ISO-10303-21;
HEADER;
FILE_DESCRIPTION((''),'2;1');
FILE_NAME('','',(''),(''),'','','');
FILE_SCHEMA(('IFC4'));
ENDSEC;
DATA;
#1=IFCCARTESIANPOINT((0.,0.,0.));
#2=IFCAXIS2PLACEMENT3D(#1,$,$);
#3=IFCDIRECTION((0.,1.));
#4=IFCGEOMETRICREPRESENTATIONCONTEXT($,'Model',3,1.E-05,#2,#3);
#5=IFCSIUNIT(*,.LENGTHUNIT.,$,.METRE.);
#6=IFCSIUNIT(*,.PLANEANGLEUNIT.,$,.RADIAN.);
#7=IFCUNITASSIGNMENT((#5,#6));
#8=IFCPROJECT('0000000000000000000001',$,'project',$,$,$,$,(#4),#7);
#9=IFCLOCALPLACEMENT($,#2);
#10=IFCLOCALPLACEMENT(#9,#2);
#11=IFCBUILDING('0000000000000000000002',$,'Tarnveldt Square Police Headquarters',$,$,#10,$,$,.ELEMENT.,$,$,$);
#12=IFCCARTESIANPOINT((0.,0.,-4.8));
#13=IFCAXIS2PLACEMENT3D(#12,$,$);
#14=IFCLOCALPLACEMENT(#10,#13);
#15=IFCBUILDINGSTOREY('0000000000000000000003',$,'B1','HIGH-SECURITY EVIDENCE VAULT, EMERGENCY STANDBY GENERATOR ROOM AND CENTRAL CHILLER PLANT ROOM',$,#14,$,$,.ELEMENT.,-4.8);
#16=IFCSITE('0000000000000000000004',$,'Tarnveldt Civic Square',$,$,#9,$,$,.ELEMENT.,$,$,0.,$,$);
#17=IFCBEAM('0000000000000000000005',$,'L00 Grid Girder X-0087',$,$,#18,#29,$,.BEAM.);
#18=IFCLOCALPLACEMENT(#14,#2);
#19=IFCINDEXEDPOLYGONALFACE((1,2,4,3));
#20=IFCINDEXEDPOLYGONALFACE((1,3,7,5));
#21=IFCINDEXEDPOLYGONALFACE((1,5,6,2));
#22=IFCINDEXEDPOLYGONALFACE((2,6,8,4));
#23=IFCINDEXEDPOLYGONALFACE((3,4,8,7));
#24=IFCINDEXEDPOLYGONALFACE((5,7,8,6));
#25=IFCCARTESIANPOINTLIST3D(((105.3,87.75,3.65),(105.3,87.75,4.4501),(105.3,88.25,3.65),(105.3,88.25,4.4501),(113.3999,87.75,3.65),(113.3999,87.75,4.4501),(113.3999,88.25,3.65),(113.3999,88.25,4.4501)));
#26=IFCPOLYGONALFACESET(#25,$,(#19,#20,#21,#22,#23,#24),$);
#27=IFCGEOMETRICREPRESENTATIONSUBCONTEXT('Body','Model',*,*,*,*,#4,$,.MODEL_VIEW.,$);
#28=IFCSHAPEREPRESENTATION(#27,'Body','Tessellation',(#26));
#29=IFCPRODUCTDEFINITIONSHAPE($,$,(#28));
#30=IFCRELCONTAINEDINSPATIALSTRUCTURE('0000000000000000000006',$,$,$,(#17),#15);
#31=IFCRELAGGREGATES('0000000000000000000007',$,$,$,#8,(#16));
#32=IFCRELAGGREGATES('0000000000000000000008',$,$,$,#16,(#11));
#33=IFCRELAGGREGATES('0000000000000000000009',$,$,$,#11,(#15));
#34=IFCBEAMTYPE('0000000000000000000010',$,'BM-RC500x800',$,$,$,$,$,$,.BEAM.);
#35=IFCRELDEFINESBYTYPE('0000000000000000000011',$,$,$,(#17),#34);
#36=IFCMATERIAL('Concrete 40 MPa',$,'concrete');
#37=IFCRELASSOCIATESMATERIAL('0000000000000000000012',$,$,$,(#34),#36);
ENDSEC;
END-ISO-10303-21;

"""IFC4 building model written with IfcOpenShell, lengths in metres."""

from ifc_helpers import new_model, si_unit, direction, frame, origin, origin_2d, place, context, subcontext, project, spatial, rectangle, extrude, material, material_profile, profile_set, type_object, element, save


model = new_model("IFC4")

# Units and contexts
model_context = context("Model", 3, precision=1e-05, world=origin(), true_north=direction((0.0, 1.0)))
body_context = subcontext(model_context, "Body", "Model", "MODEL_VIEW")
ifc_project = project(units=[si_unit("LENGTHUNIT", "METRE"), si_unit("PLANEANGLEUNIT", "RADIAN")], contexts=[model_context])

# Site, building, storey
site_placement = place(None, origin())
site = spatial("IfcSite", under=ifc_project, at=site_placement, Name="Tarnveldt Civic Square", CompositionType="ELEMENT", RefElevation=0.0)
building_placement = place(site_placement, origin())
building = spatial("IfcBuilding", under=site, at=building_placement, Name="Tarnveldt Square Police Headquarters", CompositionType="ELEMENT")
storey_placement = place(building_placement, frame((0.0, 0.0, -4.8)))
storey = spatial("IfcBuildingStorey", under=building, at=storey_placement, Name="B1", Description="HIGH-SECURITY EVIDENCE VAULT, EMERGENCY STANDBY GENERATOR ROOM AND CENTRAL CHILLER PLANT ROOM", CompositionType="ELEMENT", Elevation=-4.8)

# Shared definitions
ifc_material_1 = material(Name="Concrete 40 MPa", Category="concrete")

# Beam
ifc_material_profile_1 = material_profile(ifc_material_1, rectangle(XDim=0.5, YDim=0.8, at=origin_2d()), Name="RC-B500x800")
ifc_profile_set_1 = profile_set([ifc_material_profile_1], Name="Concrete 40 MPa")
beam_type_1 = type_object("IfcBeamType", Name="BM-RC500x800", PredefinedType="BEAM", material=ifc_profile_set_1)
beam_1_placement = place(storey_placement, frame((105.3, 88.0, 4.05), z_axis=(1.0, 0.0, 0.0), x_axis=(0.0, 1.0, 0.0)))
element("IfcBeam", 1, at=beam_1_placement, inside=storey, type_object=beam_type_1, Name="L00 Grid Girder X-0087", PredefinedType="BEAM", context=body_context, shape_type="SweptSolid", body=[
    extrude(rectangle(XDim=0.5, YDim=0.8, at=origin_2d()), origin(), (0.0, 0.0, 1.0), 8.0999),
])

save(model, "model.ifc")
